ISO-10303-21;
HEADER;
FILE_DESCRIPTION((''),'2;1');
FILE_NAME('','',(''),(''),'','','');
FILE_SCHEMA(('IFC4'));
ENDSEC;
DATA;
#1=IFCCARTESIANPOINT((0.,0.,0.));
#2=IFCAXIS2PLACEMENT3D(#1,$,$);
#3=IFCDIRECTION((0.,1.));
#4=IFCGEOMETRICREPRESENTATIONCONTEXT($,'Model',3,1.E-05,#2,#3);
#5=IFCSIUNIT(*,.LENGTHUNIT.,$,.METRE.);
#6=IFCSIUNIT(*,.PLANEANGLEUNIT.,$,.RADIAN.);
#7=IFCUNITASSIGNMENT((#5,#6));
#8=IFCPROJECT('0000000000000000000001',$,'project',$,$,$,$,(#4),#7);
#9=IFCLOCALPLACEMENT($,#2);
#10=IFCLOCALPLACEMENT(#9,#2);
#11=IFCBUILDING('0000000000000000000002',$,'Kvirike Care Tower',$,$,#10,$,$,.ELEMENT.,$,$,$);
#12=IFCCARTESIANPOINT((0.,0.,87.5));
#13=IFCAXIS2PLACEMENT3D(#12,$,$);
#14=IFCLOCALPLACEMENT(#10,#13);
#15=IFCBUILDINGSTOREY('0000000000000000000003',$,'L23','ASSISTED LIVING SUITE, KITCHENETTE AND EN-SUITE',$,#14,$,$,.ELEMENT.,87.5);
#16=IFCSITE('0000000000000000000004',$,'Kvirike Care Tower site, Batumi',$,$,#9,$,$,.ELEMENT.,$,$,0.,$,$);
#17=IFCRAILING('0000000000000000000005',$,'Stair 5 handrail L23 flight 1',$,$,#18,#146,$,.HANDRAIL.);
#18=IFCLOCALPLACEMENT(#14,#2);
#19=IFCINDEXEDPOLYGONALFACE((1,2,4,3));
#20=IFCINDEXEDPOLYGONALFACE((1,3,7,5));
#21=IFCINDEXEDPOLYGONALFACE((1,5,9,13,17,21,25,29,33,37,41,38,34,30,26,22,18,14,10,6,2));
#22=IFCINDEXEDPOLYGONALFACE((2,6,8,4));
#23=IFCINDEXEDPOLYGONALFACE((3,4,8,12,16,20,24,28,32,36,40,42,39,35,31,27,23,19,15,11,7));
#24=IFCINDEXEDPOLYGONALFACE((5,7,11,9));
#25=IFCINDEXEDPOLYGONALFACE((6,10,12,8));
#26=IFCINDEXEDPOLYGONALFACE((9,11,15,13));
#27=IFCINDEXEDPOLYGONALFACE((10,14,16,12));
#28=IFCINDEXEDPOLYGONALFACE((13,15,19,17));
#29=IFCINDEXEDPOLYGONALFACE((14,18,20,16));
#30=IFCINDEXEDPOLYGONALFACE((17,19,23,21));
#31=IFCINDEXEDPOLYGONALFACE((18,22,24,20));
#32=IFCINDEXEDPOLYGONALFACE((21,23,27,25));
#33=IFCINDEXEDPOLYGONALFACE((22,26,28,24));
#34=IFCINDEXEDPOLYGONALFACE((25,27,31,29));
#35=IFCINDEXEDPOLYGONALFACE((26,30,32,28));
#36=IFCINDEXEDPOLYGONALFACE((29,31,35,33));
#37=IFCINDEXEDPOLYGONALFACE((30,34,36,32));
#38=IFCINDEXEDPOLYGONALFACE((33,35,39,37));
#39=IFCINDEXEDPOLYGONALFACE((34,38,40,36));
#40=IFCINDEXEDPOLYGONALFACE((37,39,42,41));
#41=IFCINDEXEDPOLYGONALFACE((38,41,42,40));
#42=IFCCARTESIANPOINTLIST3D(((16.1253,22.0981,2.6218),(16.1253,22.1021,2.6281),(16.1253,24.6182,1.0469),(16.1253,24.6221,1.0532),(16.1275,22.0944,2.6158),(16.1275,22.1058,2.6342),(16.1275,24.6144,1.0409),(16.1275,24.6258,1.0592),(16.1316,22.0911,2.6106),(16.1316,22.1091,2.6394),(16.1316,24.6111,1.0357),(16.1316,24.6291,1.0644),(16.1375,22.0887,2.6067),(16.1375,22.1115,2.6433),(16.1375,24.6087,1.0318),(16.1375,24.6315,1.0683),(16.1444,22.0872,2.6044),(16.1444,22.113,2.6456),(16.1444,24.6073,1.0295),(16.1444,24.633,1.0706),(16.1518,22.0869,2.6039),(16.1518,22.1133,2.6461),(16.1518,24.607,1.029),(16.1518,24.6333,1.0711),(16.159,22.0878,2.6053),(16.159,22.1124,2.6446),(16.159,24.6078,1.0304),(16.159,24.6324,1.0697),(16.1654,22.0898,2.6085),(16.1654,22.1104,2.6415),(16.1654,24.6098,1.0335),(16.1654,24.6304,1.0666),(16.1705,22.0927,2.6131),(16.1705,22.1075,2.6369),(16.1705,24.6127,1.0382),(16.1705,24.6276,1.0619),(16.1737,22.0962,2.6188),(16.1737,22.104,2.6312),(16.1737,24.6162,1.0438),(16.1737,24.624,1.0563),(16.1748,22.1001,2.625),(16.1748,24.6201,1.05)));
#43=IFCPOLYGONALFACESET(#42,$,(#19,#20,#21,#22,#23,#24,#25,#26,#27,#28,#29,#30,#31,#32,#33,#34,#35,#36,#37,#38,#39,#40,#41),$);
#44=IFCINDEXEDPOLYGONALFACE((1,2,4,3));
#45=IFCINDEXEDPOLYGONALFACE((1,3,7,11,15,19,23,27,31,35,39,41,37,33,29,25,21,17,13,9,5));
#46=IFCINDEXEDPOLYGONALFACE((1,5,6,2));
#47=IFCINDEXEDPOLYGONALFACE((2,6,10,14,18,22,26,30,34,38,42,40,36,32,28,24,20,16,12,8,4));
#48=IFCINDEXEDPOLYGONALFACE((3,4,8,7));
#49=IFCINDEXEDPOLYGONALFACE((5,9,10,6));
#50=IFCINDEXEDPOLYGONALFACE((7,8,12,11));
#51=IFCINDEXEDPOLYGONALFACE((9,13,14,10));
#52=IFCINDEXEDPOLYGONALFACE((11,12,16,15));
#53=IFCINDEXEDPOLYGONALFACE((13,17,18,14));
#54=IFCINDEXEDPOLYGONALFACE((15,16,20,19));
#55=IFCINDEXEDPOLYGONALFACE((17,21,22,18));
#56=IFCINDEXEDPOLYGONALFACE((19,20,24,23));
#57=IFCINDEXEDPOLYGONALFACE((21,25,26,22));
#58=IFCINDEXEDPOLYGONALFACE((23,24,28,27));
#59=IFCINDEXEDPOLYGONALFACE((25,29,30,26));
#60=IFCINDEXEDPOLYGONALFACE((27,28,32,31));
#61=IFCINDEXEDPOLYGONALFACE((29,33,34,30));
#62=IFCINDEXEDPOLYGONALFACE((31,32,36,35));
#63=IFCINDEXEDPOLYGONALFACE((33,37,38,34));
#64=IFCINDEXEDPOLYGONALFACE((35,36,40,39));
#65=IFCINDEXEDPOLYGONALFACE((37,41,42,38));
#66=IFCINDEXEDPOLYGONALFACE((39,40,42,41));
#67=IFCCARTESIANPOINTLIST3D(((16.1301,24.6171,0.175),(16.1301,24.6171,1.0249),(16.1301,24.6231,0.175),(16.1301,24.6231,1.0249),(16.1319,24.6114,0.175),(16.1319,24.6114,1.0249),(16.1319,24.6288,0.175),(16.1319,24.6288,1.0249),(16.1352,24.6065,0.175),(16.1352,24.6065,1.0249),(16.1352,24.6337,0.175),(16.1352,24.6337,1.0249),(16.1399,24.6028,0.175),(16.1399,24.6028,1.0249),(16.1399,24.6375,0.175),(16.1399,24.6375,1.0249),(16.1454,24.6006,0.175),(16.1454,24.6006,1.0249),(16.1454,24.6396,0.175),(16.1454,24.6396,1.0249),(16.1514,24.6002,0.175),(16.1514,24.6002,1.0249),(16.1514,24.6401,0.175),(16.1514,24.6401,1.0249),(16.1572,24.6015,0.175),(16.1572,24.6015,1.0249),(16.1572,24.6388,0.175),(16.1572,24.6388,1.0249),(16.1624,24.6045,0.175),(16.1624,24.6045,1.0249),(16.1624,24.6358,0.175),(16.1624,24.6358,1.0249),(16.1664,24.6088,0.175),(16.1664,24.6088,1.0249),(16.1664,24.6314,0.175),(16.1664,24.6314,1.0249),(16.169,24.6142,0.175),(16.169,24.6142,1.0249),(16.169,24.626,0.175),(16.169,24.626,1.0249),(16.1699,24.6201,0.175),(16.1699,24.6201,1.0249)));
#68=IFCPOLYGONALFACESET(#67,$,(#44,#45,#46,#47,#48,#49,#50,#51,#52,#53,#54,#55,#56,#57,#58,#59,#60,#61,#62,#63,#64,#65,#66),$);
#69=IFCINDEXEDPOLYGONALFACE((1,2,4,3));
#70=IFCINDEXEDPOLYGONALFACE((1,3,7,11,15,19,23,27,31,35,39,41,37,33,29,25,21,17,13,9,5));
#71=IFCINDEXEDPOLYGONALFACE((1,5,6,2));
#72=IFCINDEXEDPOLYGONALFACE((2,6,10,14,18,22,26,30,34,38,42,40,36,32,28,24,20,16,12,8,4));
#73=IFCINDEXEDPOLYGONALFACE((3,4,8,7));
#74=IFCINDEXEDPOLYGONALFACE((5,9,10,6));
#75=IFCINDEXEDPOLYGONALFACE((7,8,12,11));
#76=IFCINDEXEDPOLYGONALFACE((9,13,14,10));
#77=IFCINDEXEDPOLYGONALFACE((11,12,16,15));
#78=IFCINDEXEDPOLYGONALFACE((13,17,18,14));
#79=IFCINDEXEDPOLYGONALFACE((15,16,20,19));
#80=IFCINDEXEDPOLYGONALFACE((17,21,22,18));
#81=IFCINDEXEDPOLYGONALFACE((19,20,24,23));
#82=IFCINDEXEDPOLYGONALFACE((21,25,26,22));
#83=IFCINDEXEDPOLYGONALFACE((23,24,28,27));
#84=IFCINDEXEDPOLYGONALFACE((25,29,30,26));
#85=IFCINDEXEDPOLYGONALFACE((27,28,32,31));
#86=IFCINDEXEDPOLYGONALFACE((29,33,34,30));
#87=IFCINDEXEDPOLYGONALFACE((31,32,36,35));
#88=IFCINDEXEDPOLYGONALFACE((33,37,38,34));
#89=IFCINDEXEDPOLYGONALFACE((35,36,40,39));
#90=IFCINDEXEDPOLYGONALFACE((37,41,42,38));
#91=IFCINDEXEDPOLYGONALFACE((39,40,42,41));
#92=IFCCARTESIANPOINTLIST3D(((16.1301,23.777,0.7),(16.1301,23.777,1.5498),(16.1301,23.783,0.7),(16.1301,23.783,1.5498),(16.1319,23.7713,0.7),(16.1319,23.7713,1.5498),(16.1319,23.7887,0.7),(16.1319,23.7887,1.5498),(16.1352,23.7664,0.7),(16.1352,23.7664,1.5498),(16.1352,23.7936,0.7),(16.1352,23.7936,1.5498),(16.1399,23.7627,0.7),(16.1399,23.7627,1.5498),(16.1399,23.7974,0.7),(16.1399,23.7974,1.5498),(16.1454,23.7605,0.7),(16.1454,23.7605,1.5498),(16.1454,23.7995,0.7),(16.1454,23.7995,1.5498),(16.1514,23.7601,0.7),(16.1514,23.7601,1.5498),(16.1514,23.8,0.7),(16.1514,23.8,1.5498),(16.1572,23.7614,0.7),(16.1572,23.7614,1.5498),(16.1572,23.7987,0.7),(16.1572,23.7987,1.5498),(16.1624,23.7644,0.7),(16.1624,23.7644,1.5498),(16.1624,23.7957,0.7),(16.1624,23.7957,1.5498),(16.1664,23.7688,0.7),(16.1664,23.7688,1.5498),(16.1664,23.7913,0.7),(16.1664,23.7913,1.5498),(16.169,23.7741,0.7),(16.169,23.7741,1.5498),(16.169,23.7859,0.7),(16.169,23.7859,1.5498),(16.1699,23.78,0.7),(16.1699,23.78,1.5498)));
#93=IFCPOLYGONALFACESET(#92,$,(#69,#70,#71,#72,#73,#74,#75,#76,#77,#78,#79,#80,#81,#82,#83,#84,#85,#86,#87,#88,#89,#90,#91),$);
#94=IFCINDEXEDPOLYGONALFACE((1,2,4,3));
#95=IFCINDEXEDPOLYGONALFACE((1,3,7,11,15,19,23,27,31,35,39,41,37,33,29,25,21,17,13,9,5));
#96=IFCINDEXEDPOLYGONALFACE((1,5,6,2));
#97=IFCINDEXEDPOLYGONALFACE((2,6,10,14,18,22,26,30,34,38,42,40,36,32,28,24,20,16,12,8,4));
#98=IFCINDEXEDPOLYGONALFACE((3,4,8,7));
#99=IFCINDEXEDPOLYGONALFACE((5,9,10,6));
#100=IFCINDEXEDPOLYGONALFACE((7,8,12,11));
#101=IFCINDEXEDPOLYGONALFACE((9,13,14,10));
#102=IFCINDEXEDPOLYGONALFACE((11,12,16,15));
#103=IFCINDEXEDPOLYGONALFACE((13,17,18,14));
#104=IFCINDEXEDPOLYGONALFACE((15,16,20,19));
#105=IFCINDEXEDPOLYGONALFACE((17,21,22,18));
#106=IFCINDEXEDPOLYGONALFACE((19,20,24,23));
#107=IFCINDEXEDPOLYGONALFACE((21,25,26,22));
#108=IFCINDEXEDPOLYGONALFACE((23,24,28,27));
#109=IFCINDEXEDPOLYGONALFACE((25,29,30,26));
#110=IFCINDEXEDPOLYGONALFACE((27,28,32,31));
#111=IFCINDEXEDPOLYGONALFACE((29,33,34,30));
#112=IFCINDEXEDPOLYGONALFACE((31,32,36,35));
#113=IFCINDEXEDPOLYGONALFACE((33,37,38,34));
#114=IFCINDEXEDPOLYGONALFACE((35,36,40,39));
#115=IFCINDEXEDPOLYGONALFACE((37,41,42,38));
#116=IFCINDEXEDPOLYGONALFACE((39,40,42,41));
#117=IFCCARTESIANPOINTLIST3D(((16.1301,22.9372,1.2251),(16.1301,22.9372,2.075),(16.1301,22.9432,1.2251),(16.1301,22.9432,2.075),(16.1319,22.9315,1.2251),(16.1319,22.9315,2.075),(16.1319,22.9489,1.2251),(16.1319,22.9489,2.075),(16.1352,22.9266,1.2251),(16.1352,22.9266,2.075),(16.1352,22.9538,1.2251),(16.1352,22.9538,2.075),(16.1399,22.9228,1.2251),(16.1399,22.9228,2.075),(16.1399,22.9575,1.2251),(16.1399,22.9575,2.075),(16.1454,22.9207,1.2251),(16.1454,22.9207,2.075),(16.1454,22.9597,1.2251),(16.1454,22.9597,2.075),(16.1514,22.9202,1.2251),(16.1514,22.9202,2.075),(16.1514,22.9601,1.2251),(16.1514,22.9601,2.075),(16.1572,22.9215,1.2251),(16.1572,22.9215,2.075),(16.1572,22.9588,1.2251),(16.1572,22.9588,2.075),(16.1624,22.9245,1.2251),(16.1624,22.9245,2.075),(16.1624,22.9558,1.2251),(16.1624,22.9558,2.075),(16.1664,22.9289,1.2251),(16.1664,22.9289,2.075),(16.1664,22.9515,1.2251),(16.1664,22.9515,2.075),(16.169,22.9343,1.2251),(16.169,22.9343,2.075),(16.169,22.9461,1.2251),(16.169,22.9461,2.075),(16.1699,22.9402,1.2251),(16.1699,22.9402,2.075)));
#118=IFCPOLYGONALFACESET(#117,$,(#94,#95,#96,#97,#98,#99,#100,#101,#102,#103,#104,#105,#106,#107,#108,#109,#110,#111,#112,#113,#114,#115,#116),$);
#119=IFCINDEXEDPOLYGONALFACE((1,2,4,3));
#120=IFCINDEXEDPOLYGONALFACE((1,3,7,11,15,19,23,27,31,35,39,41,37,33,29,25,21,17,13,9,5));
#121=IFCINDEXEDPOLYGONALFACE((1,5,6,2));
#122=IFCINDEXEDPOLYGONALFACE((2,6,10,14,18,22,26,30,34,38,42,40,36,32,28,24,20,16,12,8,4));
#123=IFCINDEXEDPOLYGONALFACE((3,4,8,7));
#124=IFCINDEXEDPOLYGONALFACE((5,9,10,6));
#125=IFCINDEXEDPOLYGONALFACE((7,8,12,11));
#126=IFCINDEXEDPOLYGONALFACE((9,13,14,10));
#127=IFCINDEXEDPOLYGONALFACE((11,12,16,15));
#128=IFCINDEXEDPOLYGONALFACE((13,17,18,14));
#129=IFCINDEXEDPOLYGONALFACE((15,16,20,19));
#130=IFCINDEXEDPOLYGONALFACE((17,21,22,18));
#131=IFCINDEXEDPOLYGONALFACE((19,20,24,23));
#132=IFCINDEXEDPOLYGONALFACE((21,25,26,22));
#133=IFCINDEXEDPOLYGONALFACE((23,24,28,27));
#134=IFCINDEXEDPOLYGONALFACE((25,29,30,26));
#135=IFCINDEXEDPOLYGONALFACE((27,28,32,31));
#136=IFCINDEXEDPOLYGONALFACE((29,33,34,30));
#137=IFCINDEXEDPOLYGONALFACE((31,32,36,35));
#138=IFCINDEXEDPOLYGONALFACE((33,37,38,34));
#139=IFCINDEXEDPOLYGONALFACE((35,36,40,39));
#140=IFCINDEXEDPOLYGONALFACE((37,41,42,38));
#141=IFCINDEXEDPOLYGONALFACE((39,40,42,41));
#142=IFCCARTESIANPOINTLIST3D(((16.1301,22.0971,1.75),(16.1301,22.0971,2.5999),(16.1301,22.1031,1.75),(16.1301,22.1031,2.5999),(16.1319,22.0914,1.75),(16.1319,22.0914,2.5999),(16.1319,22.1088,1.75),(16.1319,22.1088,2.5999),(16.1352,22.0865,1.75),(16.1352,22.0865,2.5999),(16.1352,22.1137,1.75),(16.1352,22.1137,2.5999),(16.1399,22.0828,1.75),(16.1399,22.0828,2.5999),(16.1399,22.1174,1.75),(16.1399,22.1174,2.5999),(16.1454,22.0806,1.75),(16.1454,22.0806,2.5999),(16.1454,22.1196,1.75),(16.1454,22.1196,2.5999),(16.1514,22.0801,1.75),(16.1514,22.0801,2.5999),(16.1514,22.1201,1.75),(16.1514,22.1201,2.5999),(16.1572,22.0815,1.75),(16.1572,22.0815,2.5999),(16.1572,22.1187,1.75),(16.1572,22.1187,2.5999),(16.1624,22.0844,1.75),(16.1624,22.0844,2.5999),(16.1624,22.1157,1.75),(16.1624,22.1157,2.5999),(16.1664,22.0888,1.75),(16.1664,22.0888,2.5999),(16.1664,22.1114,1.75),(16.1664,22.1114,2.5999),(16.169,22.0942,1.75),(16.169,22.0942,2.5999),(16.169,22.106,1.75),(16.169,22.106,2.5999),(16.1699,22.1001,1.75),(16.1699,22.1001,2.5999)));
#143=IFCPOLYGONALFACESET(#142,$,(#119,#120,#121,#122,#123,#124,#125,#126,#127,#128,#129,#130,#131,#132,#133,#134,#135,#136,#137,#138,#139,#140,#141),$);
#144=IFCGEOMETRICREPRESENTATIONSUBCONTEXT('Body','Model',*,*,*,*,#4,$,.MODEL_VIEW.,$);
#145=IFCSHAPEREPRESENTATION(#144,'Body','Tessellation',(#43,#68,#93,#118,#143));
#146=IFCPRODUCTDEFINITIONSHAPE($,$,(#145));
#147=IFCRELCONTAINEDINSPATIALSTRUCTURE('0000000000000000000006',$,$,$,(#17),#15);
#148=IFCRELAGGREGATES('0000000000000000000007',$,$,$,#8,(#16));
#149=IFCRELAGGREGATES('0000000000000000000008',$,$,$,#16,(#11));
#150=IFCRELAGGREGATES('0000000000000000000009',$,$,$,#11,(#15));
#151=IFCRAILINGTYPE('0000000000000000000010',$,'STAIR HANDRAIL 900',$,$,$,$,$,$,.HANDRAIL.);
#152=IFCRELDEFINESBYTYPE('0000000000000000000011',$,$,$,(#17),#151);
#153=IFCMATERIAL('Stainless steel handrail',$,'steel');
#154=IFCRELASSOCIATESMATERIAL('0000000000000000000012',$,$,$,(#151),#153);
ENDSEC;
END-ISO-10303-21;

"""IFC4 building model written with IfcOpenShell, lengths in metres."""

from ifc_helpers import new_model, si_unit, direction, frame, origin, origin_2d, place, context, subcontext, project, spatial, circle, extrude, material, type_object, element, save


model = new_model("IFC4")

# Units and contexts
model_context = context("Model", 3, precision=1e-05, world=origin(), true_north=direction((0.0, 1.0)))
body_context = subcontext(model_context, "Body", "Model", "MODEL_VIEW")
ifc_project = project(units=[si_unit("LENGTHUNIT", "METRE"), si_unit("PLANEANGLEUNIT", "RADIAN")], contexts=[model_context])

# Site, building, storey
site_placement = place(None, origin())
site = spatial("IfcSite", under=ifc_project, at=site_placement, Name="Kvirike Care Tower site, Batumi", CompositionType="ELEMENT", RefElevation=0.0)
building_placement = place(site_placement, origin())
building = spatial("IfcBuilding", under=site, at=building_placement, Name="Kvirike Care Tower", CompositionType="ELEMENT")
storey_placement = place(building_placement, frame((0.0, 0.0, 87.5)))
storey = spatial("IfcBuildingStorey", under=building, at=storey_placement, Name="L23", Description="ASSISTED LIVING SUITE, KITCHENETTE AND EN-SUITE", CompositionType="ELEMENT", Elevation=87.5)

# Railing
ifc_material_1 = material(Name="Stainless steel handrail", Category="steel")
railing_type = type_object("IfcRailingType", Name="STAIR HANDRAIL 900", PredefinedType="HANDRAIL", material=ifc_material_1)
railing_1_placement = place(storey_placement, frame((16.1499, 24.6201, 0.175)))
element("IfcRailing", 1, at=railing_1_placement, inside=storey, type_object=railing_type, Name="Stair 5 handrail L23 flight 1", PredefinedType="HANDRAIL", context=body_context, shape_type="SweptSolid", body=[
    extrude(circle(Radius=0.0249, at=origin_2d()), frame((0.0, 0.0, 0.875), z_axis=(0.0, -0.848008, 0.529984), x_axis=(1.0, 0.0, 0.0)), (0.0, 0.0, 1.0), 2.9717),
    extrude(circle(Radius=0.02, at=origin_2d()), origin(), (0.0, 0.0, 1.0), 0.8499),
    extrude(circle(Radius=0.02, at=origin_2d()), frame((0.0, -0.8401, 0.5249)), (0.0, 0.0, 1.0), 0.8499),
    extrude(circle(Radius=0.02, at=origin_2d()), frame((0.0, -1.6799, 1.05)), (0.0, 0.0, 1.0), 0.8499),
    extrude(circle(Radius=0.02, at=origin_2d()), frame((0.0, -2.52, 1.575)), (0.0, 0.0, 1.0), 0.8499),
])

save(model, "model.ifc")
